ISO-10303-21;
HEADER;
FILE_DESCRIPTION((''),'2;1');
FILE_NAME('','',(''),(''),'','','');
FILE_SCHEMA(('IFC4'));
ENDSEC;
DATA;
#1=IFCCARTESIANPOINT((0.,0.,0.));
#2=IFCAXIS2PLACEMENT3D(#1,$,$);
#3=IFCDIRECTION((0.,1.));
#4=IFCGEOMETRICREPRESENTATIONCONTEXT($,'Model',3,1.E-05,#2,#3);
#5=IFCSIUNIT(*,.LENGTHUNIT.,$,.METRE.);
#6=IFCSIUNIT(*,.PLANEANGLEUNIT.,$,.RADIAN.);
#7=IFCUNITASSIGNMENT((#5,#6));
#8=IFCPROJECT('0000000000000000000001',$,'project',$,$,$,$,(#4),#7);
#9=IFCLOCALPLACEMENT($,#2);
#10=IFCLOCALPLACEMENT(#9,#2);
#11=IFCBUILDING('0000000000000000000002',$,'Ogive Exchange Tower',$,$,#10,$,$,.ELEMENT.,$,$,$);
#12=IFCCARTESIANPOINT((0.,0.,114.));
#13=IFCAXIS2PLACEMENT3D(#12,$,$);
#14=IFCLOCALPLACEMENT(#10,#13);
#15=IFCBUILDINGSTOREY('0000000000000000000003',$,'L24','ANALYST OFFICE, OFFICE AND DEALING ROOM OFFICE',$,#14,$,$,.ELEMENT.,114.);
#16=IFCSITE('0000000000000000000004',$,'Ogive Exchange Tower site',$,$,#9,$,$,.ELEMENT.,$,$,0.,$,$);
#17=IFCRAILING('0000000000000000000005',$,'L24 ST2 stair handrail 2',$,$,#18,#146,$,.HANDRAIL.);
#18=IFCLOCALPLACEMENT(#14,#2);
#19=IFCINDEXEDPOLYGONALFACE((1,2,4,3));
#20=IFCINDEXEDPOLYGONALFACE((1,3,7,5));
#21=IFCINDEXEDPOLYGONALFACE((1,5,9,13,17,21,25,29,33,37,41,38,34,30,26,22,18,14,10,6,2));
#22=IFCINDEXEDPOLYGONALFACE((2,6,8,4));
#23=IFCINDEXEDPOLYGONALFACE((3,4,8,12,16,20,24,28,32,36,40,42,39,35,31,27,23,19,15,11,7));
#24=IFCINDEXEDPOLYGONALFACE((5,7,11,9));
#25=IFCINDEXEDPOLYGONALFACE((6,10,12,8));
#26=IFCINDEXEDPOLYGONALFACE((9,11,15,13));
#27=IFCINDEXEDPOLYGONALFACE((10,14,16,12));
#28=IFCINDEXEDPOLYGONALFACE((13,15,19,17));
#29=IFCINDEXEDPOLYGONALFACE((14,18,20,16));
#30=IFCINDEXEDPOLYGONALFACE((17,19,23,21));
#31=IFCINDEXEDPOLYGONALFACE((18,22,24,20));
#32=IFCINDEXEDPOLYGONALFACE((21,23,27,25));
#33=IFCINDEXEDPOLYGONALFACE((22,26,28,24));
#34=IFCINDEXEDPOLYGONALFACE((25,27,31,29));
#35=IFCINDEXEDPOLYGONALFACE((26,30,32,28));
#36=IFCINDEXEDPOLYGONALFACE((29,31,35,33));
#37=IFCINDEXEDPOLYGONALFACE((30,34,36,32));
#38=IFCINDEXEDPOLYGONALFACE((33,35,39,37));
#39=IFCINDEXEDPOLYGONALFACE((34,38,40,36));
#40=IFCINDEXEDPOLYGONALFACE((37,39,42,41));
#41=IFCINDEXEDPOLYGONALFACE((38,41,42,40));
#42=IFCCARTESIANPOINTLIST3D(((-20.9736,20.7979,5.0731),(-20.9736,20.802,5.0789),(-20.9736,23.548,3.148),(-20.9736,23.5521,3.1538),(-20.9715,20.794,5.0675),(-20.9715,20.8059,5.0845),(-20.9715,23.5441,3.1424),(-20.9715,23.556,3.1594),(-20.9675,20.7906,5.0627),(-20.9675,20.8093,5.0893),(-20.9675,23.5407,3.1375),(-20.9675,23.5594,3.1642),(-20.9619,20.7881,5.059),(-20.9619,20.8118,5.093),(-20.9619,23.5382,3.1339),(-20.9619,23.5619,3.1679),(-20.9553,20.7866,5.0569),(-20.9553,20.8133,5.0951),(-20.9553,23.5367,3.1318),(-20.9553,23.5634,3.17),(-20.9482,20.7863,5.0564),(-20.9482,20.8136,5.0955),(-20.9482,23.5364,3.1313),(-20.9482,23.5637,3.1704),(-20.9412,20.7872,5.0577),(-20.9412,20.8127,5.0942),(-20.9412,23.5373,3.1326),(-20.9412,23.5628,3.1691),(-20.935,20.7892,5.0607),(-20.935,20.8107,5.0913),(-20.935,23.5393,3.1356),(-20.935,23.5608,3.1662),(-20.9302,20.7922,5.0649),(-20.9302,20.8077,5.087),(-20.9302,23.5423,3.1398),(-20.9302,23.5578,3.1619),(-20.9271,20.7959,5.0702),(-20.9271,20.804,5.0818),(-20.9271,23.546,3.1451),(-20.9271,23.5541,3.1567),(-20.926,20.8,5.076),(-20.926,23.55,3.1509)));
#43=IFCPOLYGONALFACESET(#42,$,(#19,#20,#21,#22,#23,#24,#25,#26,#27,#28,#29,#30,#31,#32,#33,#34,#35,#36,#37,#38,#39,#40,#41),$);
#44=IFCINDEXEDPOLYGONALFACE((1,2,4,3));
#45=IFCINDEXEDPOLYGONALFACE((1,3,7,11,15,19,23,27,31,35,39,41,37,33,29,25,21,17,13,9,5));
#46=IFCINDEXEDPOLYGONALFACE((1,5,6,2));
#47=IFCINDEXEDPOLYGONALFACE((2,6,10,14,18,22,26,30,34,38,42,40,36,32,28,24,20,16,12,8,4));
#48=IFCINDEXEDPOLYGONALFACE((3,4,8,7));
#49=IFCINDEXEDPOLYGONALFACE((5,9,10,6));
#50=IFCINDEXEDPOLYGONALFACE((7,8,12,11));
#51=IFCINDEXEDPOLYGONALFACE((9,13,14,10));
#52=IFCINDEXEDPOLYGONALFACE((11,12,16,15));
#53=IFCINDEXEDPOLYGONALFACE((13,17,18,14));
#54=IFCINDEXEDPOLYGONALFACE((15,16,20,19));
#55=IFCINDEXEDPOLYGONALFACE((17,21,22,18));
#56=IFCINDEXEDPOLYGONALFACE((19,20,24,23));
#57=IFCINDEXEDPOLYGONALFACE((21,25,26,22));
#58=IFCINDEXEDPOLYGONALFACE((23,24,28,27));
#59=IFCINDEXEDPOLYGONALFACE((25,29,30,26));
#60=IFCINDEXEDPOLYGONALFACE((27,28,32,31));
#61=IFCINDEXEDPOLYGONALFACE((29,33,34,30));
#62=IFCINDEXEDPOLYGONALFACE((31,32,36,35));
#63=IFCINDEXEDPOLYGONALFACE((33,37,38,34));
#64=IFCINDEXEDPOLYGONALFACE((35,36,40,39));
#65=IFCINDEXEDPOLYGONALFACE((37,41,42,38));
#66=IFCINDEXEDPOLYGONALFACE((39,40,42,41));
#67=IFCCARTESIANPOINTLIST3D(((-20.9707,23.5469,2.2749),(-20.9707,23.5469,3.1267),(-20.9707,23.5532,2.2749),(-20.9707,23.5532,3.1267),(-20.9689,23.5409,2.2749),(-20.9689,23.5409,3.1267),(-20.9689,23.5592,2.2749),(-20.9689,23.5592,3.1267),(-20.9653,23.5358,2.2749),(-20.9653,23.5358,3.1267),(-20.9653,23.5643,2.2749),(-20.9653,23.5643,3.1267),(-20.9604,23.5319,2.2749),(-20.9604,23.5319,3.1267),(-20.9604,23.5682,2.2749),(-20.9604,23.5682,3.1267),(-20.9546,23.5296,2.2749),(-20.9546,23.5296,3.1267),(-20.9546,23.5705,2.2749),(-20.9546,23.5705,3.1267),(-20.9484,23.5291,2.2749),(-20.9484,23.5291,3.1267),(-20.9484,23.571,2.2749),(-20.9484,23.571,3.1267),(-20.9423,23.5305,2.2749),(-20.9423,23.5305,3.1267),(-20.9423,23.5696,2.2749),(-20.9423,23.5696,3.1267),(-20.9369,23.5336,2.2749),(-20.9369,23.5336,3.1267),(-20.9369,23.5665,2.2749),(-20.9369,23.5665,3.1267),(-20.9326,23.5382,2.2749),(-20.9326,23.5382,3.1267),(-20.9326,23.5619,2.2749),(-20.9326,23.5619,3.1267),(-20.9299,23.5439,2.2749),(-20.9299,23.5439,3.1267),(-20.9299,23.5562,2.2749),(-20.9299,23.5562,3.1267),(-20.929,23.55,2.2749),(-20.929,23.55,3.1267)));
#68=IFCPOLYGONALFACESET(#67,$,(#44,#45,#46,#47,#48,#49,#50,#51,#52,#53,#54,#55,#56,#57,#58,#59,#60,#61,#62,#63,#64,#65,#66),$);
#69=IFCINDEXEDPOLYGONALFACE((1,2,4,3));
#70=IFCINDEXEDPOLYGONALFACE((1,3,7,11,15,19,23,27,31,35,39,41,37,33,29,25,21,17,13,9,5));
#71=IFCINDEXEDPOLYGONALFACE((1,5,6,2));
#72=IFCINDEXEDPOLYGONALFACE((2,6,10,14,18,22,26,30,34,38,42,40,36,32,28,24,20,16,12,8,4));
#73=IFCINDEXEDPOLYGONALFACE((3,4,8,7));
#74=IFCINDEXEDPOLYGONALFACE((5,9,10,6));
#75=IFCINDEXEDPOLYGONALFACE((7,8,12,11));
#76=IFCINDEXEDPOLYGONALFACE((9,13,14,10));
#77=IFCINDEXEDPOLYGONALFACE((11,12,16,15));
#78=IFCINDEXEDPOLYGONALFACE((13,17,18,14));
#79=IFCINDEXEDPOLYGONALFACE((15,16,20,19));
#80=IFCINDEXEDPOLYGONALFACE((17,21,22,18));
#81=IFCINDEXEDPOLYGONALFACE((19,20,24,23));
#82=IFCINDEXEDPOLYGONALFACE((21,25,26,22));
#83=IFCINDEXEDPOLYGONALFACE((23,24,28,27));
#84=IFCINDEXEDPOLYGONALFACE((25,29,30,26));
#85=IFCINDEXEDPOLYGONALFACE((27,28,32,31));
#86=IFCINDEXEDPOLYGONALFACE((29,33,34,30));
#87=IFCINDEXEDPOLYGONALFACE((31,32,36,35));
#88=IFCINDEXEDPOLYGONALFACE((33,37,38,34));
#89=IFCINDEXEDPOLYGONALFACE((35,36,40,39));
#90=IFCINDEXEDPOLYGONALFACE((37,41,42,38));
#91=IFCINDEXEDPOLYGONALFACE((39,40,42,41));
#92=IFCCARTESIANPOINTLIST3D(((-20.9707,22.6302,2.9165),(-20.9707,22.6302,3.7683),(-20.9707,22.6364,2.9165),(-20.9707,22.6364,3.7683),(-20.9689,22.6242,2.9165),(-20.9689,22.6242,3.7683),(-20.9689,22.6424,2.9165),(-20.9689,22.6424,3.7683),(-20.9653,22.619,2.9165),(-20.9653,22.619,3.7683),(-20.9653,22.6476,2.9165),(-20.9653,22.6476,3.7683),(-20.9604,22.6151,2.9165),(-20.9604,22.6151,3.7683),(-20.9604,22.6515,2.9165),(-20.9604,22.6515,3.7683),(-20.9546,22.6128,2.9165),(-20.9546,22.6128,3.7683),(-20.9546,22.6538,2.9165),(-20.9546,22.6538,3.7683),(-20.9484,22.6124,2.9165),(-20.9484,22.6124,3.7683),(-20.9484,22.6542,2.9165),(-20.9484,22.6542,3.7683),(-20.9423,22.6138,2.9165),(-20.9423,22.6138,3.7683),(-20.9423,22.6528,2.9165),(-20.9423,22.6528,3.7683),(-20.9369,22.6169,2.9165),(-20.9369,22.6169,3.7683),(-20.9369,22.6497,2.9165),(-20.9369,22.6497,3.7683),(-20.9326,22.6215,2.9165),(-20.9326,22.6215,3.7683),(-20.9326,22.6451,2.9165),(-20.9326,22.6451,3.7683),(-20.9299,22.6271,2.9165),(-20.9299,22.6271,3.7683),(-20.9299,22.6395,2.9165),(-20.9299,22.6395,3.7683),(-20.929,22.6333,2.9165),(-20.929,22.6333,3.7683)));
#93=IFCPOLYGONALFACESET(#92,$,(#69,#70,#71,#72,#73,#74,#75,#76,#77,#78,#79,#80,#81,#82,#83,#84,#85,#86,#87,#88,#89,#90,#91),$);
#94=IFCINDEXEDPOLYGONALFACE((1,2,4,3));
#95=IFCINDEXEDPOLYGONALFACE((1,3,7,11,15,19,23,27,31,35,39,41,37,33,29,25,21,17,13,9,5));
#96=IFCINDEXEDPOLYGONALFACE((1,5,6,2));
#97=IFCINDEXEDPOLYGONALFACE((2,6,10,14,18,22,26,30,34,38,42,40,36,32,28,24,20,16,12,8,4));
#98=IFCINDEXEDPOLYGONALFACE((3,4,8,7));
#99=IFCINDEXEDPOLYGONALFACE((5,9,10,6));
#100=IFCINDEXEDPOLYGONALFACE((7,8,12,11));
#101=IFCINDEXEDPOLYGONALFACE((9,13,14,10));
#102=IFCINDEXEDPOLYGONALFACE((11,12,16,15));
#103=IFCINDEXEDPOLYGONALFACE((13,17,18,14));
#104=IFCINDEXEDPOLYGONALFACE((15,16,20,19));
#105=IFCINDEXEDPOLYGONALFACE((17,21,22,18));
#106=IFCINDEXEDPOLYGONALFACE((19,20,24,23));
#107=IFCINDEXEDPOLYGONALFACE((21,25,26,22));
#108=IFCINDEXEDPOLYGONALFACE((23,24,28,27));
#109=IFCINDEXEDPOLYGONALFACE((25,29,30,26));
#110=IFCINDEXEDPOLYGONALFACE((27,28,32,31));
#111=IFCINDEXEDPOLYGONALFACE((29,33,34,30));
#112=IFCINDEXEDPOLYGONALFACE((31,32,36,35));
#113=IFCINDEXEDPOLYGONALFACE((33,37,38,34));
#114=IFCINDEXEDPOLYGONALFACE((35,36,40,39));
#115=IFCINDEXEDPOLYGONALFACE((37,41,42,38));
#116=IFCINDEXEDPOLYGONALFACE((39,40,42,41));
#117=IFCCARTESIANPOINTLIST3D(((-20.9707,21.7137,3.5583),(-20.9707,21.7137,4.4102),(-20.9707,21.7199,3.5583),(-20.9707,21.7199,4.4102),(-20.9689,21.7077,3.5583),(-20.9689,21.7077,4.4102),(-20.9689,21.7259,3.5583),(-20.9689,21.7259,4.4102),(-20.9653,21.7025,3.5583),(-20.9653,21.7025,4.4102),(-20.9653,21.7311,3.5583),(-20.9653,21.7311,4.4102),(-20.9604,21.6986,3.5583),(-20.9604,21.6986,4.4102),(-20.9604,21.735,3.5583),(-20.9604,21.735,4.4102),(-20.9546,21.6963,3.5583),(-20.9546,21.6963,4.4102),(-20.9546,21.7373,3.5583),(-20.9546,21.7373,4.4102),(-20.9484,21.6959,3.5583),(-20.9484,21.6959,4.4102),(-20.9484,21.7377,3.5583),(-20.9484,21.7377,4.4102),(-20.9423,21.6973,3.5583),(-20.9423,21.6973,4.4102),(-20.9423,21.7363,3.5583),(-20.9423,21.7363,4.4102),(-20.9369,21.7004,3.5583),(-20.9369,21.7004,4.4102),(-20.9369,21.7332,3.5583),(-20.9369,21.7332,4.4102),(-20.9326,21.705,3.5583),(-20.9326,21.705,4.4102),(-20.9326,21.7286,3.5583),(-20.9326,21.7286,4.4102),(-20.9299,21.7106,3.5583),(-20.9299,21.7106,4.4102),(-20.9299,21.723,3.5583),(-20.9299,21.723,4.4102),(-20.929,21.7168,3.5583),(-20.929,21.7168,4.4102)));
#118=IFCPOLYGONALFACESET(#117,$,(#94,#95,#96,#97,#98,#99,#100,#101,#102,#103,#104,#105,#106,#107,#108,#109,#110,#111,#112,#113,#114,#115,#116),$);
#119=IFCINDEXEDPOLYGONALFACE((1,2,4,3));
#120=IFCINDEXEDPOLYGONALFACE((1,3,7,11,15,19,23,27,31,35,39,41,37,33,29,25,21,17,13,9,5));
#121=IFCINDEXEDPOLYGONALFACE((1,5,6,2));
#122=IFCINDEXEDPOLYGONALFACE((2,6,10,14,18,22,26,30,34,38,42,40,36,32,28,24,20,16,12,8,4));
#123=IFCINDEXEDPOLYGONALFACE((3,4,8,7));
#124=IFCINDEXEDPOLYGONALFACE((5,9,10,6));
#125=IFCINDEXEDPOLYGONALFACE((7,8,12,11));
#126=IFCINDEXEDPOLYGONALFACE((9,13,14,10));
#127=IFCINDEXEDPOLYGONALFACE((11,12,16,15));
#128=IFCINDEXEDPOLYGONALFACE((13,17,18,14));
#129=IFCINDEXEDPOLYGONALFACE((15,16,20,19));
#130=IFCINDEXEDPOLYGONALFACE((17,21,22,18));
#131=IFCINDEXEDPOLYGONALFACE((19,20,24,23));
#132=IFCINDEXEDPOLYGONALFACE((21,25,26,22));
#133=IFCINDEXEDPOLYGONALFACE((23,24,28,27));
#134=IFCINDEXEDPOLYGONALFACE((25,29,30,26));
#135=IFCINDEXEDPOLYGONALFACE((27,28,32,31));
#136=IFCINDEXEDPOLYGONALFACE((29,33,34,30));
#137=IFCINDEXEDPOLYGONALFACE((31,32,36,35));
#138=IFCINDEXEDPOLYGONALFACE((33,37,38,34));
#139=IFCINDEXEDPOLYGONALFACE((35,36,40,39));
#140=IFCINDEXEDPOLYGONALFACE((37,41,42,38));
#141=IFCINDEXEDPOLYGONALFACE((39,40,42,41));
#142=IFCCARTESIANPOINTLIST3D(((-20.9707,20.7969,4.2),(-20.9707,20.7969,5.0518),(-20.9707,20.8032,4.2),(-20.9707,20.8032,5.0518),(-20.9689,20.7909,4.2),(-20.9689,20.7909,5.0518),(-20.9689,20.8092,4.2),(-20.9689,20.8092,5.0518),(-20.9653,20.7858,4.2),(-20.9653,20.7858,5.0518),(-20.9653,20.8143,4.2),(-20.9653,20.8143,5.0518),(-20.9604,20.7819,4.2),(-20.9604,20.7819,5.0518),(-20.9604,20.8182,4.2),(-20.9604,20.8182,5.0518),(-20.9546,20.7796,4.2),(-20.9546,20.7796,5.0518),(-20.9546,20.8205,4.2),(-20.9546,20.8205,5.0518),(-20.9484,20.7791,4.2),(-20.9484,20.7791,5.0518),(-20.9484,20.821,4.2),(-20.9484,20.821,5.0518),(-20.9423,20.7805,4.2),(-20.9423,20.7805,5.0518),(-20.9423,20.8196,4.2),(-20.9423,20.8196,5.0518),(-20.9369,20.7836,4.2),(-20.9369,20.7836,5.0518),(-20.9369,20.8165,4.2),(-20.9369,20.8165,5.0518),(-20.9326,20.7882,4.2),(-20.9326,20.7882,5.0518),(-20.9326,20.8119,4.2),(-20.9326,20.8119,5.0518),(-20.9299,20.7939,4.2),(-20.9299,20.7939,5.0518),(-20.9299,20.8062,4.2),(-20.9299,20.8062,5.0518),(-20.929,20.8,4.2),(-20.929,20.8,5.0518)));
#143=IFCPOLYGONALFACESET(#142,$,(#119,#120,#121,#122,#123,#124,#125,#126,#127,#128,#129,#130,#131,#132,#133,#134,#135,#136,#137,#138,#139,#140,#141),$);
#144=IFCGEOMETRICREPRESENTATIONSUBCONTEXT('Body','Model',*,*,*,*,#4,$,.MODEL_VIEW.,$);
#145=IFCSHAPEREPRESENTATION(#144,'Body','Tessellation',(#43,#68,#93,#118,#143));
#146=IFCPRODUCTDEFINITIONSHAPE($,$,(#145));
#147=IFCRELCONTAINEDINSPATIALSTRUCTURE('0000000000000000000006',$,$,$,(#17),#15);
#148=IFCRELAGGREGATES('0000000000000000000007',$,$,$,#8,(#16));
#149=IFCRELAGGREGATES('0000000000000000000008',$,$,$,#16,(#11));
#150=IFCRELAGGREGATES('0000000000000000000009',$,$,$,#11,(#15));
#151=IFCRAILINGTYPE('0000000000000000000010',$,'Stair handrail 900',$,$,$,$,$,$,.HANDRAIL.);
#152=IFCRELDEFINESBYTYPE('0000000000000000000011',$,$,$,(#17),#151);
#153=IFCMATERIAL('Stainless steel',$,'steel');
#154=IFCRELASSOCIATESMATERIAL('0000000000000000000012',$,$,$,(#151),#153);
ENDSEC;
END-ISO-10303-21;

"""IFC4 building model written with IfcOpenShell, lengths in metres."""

from ifc_helpers import new_model, si_unit, direction, frame, origin, origin_2d, place, context, subcontext, project, spatial, circle, extrude, material, type_object, element, save


model = new_model("IFC4")

# Units and contexts
model_context = context("Model", 3, precision=1e-05, world=origin(), true_north=direction((0.0, 1.0)))
body_context = subcontext(model_context, "Body", "Model", "MODEL_VIEW")
ifc_project = project(units=[si_unit("LENGTHUNIT", "METRE"), si_unit("PLANEANGLEUNIT", "RADIAN")], contexts=[model_context])

# Site, building, storey
site_placement = place(None, origin())
site = spatial("IfcSite", under=ifc_project, at=site_placement, Name="Ogive Exchange Tower site", CompositionType="ELEMENT", RefElevation=0.0)
building_placement = place(site_placement, origin())
building = spatial("IfcBuilding", under=site, at=building_placement, Name="Ogive Exchange Tower", CompositionType="ELEMENT")
storey_placement = place(building_placement, frame((0.0, 0.0, 114.0)))
storey = spatial("IfcBuildingStorey", under=building, at=storey_placement, Name="L24", Description="ANALYST OFFICE, OFFICE AND DEALING ROOM OFFICE", CompositionType="ELEMENT", Elevation=114.0)

# Railing
ifc_material_1 = material(Name="Stainless steel", Category="steel")
railing_type = type_object("IfcRailingType", Name="Stair handrail 900", PredefinedType="HANDRAIL", material=ifc_material_1)
railing_placement = place(storey_placement, frame((-20.95, 23.55, 2.2749)))
element("IfcRailing", 1, at=railing_placement, inside=storey, type_object=railing_type, Name="L24 ST2 stair handrail 2", PredefinedType="HANDRAIL", context=body_context, shape_type="SweptSolid", body=[
    extrude(circle(Radius=0.0239, at=origin_2d()), frame((0.0, 0.0, 0.876), z_axis=(0.0, -0.819225, 0.573472), x_axis=(1.0, 0.0, 0.0)), (0.0, 0.0, 1.0), 3.3569),
    extrude(circle(Radius=0.021, at=origin_2d()), origin(), (0.0, 0.0, 1.0), 0.8518),
    extrude(circle(Radius=0.021, at=origin_2d()), frame((0.0, -0.9167, 0.6416)), (0.0, 0.0, 1.0), 0.8518),
    extrude(circle(Radius=0.021, at=origin_2d()), frame((0.0, -1.8333, 1.2834)), (0.0, 0.0, 1.0), 0.8518),
    extrude(circle(Radius=0.021, at=origin_2d()), frame((0.0, -2.75, 1.925)), (0.0, 0.0, 1.0), 0.8518),
])

save(model, "model.ifc")
